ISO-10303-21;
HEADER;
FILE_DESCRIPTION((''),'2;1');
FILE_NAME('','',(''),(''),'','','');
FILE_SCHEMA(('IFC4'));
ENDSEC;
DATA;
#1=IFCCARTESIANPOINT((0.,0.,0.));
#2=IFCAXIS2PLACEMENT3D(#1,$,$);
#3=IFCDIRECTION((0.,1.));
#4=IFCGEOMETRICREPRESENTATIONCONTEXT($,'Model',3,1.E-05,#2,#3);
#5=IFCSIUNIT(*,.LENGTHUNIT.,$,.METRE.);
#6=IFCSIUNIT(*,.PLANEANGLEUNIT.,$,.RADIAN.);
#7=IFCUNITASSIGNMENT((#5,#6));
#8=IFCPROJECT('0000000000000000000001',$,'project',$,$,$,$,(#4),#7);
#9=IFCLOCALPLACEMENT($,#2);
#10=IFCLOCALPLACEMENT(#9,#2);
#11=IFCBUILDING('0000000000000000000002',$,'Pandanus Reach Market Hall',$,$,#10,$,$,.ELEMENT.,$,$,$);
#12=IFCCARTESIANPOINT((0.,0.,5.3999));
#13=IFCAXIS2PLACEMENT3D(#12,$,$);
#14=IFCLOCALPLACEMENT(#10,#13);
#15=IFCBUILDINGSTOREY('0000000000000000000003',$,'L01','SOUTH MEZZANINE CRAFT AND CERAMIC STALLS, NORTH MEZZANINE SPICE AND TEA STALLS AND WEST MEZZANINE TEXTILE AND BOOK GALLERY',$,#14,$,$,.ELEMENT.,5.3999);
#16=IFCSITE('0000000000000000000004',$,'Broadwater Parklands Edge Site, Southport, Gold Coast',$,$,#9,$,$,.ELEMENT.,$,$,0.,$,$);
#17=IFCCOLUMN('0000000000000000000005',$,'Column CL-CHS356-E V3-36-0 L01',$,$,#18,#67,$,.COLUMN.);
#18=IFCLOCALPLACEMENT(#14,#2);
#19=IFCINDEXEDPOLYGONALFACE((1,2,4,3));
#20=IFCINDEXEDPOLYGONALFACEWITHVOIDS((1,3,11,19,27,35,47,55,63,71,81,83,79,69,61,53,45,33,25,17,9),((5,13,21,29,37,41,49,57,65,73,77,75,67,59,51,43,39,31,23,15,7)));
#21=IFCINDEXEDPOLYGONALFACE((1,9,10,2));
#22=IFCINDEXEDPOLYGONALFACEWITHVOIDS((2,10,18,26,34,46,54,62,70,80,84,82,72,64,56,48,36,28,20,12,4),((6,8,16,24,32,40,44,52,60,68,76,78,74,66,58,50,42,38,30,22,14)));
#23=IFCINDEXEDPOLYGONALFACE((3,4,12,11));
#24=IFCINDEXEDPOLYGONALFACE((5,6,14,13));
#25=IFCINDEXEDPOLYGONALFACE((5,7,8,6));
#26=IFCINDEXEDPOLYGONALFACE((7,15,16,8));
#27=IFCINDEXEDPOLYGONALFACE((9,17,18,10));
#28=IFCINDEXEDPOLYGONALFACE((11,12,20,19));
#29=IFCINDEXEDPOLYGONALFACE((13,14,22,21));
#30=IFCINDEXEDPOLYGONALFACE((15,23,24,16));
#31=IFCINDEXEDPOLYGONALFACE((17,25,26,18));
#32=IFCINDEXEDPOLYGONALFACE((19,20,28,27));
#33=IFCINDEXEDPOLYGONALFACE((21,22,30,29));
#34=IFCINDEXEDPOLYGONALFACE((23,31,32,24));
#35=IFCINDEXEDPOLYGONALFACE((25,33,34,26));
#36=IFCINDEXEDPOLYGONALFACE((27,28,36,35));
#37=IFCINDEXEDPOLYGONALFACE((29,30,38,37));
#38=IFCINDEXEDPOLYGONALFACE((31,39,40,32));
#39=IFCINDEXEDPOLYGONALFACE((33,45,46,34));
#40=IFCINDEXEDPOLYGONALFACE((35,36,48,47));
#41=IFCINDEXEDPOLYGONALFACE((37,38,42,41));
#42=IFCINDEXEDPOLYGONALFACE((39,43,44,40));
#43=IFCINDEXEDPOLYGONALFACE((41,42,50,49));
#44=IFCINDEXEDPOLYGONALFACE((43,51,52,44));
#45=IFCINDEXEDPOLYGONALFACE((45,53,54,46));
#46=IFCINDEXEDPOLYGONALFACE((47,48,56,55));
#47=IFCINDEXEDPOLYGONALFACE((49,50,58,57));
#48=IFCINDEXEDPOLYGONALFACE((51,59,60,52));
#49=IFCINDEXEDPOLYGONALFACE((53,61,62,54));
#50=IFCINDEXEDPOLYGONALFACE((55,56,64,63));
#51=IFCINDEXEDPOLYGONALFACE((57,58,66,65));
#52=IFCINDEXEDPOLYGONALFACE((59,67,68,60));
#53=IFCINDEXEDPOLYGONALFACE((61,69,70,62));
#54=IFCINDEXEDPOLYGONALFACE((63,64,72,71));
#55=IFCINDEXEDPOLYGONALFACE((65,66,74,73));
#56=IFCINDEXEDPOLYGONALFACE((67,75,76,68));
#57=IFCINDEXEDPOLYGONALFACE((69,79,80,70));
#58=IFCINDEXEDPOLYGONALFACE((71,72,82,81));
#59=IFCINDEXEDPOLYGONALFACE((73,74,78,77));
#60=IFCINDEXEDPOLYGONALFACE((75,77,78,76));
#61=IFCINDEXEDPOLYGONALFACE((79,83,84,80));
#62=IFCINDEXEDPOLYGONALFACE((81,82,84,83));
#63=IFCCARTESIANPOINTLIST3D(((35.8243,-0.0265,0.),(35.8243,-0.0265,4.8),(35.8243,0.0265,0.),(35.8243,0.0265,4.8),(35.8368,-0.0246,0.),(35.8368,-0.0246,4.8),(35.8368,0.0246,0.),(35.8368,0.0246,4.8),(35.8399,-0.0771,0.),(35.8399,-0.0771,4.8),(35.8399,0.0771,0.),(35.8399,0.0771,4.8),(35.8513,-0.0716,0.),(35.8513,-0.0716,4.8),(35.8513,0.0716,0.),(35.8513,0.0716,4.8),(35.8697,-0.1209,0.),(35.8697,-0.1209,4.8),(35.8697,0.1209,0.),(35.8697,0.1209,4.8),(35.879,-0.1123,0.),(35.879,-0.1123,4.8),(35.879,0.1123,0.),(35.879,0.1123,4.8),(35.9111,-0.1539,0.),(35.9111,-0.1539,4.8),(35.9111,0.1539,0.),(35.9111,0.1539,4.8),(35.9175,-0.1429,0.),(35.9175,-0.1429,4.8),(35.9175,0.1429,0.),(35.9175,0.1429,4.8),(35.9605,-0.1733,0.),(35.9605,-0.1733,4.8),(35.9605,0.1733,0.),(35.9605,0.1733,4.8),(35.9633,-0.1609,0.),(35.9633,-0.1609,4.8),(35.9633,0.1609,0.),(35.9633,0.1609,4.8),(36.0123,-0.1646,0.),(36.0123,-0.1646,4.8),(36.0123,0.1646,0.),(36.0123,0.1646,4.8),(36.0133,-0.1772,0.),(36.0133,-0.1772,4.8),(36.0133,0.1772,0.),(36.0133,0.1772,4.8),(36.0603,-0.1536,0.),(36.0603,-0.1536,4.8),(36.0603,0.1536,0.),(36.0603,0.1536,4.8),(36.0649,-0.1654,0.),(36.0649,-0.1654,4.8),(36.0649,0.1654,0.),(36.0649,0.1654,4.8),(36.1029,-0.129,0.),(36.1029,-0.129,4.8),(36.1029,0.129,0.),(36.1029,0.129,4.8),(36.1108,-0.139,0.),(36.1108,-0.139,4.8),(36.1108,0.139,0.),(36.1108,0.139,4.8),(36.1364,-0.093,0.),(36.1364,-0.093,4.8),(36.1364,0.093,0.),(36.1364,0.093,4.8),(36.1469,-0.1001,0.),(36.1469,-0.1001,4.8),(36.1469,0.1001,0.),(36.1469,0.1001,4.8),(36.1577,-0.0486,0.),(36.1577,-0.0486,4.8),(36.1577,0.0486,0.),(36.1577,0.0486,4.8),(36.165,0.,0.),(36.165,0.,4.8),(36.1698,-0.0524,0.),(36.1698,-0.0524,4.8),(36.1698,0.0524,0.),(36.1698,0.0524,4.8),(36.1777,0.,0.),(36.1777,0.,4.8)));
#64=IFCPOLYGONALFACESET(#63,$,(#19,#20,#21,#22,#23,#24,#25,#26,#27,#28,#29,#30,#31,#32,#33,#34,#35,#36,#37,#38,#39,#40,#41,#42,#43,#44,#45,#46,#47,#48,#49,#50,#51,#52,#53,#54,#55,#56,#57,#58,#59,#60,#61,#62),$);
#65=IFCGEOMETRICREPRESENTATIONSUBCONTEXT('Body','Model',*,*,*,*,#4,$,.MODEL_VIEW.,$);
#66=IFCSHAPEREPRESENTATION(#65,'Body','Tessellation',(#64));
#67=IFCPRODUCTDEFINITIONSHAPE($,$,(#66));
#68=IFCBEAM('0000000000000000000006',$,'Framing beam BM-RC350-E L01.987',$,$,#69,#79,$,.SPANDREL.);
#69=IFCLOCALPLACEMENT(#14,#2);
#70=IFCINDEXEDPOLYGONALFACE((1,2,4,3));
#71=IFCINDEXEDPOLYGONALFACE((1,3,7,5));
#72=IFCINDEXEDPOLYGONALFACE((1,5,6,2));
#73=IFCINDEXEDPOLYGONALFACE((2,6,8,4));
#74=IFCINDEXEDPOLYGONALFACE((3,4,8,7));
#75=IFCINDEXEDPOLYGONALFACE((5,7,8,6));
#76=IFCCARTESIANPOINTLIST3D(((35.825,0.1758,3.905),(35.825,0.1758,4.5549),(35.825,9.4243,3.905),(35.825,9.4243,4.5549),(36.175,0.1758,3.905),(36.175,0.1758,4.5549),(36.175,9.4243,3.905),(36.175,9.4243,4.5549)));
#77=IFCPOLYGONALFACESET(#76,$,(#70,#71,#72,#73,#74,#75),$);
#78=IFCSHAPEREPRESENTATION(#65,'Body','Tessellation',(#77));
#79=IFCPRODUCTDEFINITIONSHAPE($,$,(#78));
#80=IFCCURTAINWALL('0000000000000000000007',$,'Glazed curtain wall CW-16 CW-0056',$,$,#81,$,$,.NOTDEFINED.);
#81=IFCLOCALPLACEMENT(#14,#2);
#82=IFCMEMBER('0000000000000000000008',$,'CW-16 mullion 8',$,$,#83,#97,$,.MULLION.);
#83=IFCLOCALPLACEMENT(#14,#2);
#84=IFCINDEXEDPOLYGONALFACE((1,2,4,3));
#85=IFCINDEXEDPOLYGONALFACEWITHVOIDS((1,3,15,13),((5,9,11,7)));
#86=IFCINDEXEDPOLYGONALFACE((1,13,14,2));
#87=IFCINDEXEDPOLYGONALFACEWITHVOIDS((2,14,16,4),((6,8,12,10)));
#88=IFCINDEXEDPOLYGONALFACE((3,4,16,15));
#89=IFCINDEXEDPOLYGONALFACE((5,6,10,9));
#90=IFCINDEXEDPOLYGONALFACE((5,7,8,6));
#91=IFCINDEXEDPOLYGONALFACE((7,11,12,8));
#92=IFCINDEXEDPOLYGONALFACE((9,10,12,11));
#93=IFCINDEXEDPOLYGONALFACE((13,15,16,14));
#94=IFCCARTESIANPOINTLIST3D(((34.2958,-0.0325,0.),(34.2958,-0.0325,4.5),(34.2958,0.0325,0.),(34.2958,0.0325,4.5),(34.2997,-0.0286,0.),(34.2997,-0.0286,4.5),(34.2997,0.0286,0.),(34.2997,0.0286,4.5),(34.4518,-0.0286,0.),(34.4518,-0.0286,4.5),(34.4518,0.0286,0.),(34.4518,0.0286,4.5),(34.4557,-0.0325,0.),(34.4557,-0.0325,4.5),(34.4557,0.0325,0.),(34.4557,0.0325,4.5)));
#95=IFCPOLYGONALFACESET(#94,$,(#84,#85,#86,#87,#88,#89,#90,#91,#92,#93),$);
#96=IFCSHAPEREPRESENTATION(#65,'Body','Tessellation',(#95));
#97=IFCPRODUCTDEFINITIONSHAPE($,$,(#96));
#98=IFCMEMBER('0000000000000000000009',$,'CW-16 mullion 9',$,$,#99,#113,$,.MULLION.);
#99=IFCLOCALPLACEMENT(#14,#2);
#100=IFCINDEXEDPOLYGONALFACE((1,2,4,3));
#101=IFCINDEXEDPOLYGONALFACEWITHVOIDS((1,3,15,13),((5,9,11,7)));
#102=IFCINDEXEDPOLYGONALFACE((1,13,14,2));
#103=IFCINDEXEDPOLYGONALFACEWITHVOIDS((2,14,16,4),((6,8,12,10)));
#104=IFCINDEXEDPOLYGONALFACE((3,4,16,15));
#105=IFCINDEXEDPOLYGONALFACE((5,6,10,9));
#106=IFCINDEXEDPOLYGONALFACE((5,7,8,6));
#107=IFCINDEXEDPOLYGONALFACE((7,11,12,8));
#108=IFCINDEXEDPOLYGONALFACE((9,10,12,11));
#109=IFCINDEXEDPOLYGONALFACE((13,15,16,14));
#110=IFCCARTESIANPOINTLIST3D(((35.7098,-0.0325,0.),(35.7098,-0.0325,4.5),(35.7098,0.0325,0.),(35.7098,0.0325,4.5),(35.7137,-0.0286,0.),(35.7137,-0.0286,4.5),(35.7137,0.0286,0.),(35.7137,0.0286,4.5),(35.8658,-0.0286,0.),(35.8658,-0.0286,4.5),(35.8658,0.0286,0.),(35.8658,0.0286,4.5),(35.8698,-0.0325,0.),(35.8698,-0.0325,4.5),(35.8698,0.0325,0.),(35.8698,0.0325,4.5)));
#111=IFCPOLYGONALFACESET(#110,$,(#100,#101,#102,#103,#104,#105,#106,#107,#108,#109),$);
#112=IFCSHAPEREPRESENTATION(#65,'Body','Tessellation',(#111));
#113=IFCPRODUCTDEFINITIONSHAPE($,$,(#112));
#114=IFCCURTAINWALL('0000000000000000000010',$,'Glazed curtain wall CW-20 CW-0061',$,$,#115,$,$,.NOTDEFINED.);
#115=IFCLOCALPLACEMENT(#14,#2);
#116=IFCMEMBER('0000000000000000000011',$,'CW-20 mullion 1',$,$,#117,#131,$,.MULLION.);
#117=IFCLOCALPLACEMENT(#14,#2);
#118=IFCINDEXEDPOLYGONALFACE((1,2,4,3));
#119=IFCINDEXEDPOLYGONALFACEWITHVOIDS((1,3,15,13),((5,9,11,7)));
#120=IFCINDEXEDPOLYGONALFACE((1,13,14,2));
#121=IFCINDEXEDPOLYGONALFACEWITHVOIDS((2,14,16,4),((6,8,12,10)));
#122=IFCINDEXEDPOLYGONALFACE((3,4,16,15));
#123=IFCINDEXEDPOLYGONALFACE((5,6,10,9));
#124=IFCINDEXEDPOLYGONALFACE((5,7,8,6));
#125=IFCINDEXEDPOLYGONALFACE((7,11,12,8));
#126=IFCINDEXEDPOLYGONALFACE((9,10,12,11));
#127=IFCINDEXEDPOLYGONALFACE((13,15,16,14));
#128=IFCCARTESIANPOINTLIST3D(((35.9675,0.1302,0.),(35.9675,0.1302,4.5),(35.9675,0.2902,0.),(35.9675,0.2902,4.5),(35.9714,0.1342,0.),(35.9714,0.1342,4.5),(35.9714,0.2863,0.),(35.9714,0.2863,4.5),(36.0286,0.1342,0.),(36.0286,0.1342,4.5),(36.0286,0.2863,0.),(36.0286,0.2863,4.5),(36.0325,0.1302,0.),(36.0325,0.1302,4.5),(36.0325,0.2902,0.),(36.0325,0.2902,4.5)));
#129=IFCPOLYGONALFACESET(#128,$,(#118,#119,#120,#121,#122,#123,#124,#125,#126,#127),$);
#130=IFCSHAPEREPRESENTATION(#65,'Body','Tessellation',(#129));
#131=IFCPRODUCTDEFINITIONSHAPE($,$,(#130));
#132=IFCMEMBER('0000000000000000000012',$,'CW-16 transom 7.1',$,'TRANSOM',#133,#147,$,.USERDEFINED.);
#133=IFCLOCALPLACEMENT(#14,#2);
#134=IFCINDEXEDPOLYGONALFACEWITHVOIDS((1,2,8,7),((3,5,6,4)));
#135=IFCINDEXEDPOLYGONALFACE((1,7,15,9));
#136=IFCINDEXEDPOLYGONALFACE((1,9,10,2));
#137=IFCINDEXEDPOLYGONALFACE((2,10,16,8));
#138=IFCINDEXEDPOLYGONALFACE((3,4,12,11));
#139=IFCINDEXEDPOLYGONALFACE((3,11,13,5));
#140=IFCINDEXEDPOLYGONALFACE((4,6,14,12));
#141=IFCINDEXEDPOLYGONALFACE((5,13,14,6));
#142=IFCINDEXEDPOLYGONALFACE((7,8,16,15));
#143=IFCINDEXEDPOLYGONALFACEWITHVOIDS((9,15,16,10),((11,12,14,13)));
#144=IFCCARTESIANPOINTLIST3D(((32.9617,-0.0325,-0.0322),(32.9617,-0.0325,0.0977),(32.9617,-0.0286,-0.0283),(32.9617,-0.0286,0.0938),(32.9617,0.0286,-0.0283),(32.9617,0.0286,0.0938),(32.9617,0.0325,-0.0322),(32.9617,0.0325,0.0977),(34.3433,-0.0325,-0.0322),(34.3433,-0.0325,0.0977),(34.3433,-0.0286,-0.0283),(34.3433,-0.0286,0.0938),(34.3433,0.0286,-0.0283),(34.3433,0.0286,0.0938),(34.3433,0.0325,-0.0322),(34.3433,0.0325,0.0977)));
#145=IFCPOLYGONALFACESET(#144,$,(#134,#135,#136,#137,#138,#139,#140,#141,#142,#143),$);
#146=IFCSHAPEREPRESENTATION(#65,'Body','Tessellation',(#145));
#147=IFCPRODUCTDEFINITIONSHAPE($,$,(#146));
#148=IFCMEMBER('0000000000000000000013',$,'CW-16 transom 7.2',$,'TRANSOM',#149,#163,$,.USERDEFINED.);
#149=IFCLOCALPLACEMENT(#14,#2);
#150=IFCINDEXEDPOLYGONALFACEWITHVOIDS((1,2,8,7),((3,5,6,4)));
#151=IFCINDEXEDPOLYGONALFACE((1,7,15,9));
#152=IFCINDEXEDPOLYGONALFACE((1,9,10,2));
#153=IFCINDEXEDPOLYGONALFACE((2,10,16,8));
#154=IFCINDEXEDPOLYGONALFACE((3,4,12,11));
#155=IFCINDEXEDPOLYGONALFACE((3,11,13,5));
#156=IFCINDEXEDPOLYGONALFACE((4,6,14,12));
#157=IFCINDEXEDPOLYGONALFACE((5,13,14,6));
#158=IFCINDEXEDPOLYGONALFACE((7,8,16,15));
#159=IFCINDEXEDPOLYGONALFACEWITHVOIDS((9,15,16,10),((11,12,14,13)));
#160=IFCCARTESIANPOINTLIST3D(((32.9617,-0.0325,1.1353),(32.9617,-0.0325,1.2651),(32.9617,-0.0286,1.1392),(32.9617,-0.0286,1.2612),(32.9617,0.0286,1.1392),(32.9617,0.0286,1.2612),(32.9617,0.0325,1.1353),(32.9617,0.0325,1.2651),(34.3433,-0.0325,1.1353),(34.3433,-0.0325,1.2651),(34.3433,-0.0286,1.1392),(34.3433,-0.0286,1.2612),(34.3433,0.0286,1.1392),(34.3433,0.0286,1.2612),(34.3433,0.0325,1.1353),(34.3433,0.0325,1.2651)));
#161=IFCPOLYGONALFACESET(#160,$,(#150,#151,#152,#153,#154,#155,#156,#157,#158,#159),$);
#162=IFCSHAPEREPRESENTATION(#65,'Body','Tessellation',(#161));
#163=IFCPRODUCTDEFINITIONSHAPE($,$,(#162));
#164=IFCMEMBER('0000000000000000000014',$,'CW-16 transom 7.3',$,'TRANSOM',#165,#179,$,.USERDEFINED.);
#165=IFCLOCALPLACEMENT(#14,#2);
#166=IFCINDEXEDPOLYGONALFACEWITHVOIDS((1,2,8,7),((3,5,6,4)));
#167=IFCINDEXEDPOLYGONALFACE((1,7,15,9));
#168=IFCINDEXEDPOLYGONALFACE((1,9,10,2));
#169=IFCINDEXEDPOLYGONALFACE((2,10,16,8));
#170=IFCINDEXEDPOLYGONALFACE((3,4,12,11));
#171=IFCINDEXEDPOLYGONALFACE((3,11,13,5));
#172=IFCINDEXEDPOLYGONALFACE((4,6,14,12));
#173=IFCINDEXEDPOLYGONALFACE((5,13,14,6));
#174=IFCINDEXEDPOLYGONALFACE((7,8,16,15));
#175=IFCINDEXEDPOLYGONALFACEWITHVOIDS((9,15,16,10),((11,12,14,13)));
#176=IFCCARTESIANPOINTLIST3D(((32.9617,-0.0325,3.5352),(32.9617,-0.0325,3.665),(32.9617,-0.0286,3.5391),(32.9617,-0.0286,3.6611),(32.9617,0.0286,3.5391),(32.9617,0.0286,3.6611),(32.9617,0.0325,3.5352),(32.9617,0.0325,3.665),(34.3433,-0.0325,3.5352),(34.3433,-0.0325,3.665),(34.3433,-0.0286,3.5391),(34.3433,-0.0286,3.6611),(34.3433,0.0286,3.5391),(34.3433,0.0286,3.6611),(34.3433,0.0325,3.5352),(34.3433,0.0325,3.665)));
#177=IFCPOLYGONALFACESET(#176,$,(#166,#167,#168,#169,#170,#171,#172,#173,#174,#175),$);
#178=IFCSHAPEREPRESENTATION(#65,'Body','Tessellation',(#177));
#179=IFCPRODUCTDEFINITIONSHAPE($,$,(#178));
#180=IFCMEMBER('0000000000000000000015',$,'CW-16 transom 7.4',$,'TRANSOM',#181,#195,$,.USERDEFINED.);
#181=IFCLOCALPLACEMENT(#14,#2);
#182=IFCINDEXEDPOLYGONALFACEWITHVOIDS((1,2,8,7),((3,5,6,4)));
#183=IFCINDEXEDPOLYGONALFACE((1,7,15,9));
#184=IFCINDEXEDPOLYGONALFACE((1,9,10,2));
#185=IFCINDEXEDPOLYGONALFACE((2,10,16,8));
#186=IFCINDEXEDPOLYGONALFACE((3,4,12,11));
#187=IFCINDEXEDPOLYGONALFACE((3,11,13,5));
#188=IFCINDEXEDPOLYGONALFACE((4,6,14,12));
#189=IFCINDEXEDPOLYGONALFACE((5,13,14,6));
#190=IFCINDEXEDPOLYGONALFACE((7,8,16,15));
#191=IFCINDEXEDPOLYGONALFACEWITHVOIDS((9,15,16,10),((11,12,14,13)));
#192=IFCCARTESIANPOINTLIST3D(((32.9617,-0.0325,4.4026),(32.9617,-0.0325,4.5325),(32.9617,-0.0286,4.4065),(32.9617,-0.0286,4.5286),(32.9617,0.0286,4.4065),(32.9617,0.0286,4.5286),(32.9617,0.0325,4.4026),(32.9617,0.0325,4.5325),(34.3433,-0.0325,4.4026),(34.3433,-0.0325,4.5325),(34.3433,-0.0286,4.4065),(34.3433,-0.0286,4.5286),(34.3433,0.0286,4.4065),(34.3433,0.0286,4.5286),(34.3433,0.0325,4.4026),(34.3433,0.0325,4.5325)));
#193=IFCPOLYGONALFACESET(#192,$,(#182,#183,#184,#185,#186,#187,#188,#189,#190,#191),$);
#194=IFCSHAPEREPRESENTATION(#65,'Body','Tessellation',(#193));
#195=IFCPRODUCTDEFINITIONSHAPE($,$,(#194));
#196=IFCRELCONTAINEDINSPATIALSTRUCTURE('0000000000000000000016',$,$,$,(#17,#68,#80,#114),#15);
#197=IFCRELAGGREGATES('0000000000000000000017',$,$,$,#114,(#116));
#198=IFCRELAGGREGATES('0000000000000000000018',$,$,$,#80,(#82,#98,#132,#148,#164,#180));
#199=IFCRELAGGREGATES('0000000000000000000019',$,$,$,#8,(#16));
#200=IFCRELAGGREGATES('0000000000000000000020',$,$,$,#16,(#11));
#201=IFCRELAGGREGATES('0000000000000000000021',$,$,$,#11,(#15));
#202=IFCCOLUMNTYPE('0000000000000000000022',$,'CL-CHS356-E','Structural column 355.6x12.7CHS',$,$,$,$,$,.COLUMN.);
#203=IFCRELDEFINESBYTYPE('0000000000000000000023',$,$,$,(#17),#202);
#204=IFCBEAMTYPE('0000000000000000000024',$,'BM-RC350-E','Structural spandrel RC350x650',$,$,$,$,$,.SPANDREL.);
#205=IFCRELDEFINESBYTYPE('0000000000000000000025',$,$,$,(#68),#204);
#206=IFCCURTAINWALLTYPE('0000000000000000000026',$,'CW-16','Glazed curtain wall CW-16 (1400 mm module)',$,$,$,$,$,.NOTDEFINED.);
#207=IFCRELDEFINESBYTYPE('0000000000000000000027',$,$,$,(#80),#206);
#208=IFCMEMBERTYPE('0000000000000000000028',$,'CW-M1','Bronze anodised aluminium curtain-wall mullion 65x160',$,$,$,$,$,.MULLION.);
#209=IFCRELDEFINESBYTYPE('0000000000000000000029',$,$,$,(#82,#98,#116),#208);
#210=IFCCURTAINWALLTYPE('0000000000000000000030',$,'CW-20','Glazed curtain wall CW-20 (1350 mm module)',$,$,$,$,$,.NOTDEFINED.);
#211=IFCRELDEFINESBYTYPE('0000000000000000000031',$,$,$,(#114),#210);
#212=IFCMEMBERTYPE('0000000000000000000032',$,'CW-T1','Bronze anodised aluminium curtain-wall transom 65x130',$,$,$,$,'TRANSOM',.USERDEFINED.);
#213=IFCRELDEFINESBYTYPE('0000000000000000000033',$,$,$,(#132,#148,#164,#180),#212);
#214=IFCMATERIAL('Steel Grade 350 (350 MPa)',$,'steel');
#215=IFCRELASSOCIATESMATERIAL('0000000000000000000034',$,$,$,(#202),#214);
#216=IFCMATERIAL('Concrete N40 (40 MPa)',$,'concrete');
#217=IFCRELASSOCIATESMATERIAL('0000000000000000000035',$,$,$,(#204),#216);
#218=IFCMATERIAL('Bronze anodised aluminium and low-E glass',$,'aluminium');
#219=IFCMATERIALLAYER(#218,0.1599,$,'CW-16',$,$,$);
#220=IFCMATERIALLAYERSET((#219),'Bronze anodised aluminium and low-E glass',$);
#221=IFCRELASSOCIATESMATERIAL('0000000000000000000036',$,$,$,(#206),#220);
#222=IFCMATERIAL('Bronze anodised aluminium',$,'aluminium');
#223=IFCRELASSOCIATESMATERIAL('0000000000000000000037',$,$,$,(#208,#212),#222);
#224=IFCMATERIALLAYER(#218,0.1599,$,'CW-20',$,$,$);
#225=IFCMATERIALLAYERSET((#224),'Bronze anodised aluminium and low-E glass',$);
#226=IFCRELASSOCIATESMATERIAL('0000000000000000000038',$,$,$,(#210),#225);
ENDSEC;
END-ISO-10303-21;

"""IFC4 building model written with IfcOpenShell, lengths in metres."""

from ifc_helpers import new_model, si_unit, direction, frame, origin, origin_2d, place, context, subcontext, project, spatial, rectangle, hollow_rectangle, hollow_circle, extrude, material, layer, layer_set, material_profile, profile_set, type_object, element, aggregate, save


model = new_model("IFC4")

# Units and contexts
model_context = context("Model", 3, precision=1e-05, world=origin(), true_north=direction((0.0, 1.0)))
body_context = subcontext(model_context, "Body", "Model", "MODEL_VIEW")
ifc_project = project(units=[si_unit("LENGTHUNIT", "METRE"), si_unit("PLANEANGLEUNIT", "RADIAN")], contexts=[model_context])

# Site, building, storey
site_placement = place(None, origin())
site = spatial("IfcSite", under=ifc_project, at=site_placement, Name="Broadwater Parklands Edge Site, Southport, Gold Coast", CompositionType="ELEMENT", RefElevation=0.0)
building_placement = place(site_placement, origin())
building = spatial("IfcBuilding", under=site, at=building_placement, Name="Pandanus Reach Market Hall", CompositionType="ELEMENT")
storey_placement = place(building_placement, frame((0.0, 0.0, 5.3999)))
storey = spatial("IfcBuildingStorey", under=building, at=storey_placement, Name="L01", Description="SOUTH MEZZANINE CRAFT AND CERAMIC STALLS, NORTH MEZZANINE SPICE AND TEA STALLS AND WEST MEZZANINE TEXTILE AND BOOK GALLERY", CompositionType="ELEMENT", Elevation=5.3999)

# Column
ifc_material_1 = material(Name="Steel Grade 350 (350 MPa)", Category="steel")
ifc_material_profile_1 = material_profile(ifc_material_1, hollow_circle(Radius=0.1777, WallThickness=0.0127, at=origin_2d()), Name="355.6x12.7CHS", Category="LoadBearing")
ifc_profile_set_1 = profile_set([ifc_material_profile_1], Name="Steel Grade 350 (350 MPa)")
column_type = type_object("IfcColumnType", Name="CL-CHS356-E", Description="Structural column 355.6x12.7CHS", PredefinedType="COLUMN", material=ifc_profile_set_1)
column_placement = place(storey_placement, frame((36.0, 0.0, 0.0), z_axis=(0.0, 0.0, 1.0), x_axis=(1.0, 0.0, 0.0)))
element("IfcColumn", 1, at=column_placement, inside=storey, type_object=column_type, Name="Column CL-CHS356-E V3-36-0 L01", PredefinedType="COLUMN", context=body_context, shape_type="SweptSolid", body=[
    extrude(hollow_circle(Radius=0.1777, WallThickness=0.0127, at=origin_2d()), origin(), (0.0, 0.0, 1.0), 4.8),
])

# Beam
ifc_material_2 = material(Name="Concrete N40 (40 MPa)", Category="concrete")
ifc_material_profile_2 = material_profile(ifc_material_2, rectangle(XDim=0.3501, YDim=0.6499, at=origin_2d()), Name="RC350x650", Category="LoadBearing")
ifc_profile_set_2 = profile_set([ifc_material_profile_2], Name="Concrete N40 (40 MPa)")
beam_type_1 = type_object("IfcBeamType", Name="BM-RC350-E", Description="Structural spandrel RC350x650", PredefinedType="SPANDREL", material=ifc_profile_set_2)
beam_1_placement = place(storey_placement, frame((36.0, 0.1758, 4.23), z_axis=(0.0, 1.0, 0.0), x_axis=(-1.0, 0.0, 0.0)))
element("IfcBeam", 2, at=beam_1_placement, inside=storey, type_object=beam_type_1, Name="Framing beam BM-RC350-E L01.987", PredefinedType="SPANDREL", context=body_context, shape_type="SweptSolid", body=[
    extrude(rectangle(XDim=0.3501, YDim=0.6499, at=origin_2d()), origin(), (0.0, 0.0, 1.0), 9.2485),
])

# Curtain wall, members
ifc_material_3 = material(Name="Bronze anodised aluminium and low-E glass", Category="aluminium")
ifc_layer_1 = layer(ifc_material_3, 0.1599, Name="CW-16")
ifc_layer_set_1 = layer_set([ifc_layer_1], Name="Bronze anodised aluminium and low-E glass")
curtain_wall_type_1 = type_object("IfcCurtainWallType", Name="CW-16", Description="Glazed curtain wall CW-16 (1400 mm module)", PredefinedType="NOTDEFINED", material=ifc_layer_set_1)
curtain_wall_1_placement = place(storey_placement, origin())
curtain_wall_1 = element("IfcCurtainWall", 3, at=curtain_wall_1_placement, inside=storey, type_object=curtain_wall_type_1, Name="Glazed curtain wall CW-16 CW-0056", PredefinedType="NOTDEFINED")
ifc_material_4 = material(Name="Bronze anodised aluminium", Category="aluminium")
ifc_material_profile_3 = material_profile(ifc_material_4, hollow_rectangle(XDim=0.0649, YDim=0.1599, WallThickness=0.0039, at=origin_2d()), Name="ALU65x160", Category="LoadBearing")
ifc_profile_set_3 = profile_set([ifc_material_profile_3], Name="Bronze anodised aluminium")
member_type_1 = type_object("IfcMemberType", Name="CW-M1", Description="Bronze anodised aluminium curtain-wall mullion 65x160", PredefinedType="MULLION", material=ifc_profile_set_3)
member_1_placement = place(storey_placement, frame((34.3757, 0.0, 0.0), z_axis=(0.0, 0.0, 1.0), x_axis=(0.0, 1.0, 0.0)))
member_1 = element("IfcMember", 4, at=member_1_placement, type_object=member_type_1, Name="CW-16 mullion 8", PredefinedType="MULLION", context=body_context, shape_type="SweptSolid", body=[
    extrude(hollow_rectangle(XDim=0.0649, YDim=0.1599, WallThickness=0.0039, at=origin_2d()), origin(), (0.0, 0.0, 1.0), 4.5),
])
member_2_placement = place(storey_placement, frame((35.7898, 0.0, 0.0), z_axis=(0.0, 0.0, 1.0), x_axis=(0.0, 1.0, 0.0)))
member_2 = element("IfcMember", 5, at=member_2_placement, type_object=member_type_1, Name="CW-16 mullion 9", PredefinedType="MULLION", context=body_context, shape_type="SweptSolid", body=[
    extrude(hollow_rectangle(XDim=0.0649, YDim=0.1599, WallThickness=0.0039, at=origin_2d()), origin(), (0.0, 0.0, 1.0), 4.5),
])

# Curtain wall, member
ifc_layer_2 = layer(ifc_material_3, 0.1599, Name="CW-20")
ifc_layer_set_2 = layer_set([ifc_layer_2], Name="Bronze anodised aluminium and low-E glass")
curtain_wall_type_2 = type_object("IfcCurtainWallType", Name="CW-20", Description="Glazed curtain wall CW-20 (1350 mm module)", PredefinedType="NOTDEFINED", material=ifc_layer_set_2)
curtain_wall_2_placement = place(storey_placement, origin())
curtain_wall_2 = element("IfcCurtainWall", 6, at=curtain_wall_2_placement, inside=storey, type_object=curtain_wall_type_2, Name="Glazed curtain wall CW-20 CW-0061", PredefinedType="NOTDEFINED")
member_3_placement = place(storey_placement, frame((36.0, 0.2102, 0.0), z_axis=(0.0, 0.0, 1.0), x_axis=(-1.0, 0.0, 0.0)))
member_3 = element("IfcMember", 7, at=member_3_placement, type_object=member_type_1, Name="CW-20 mullion 1", PredefinedType="MULLION", context=body_context, shape_type="SweptSolid", body=[
    extrude(hollow_rectangle(XDim=0.0649, YDim=0.1599, WallThickness=0.0039, at=origin_2d()), origin(), (0.0, 0.0, 1.0), 4.5),
])
aggregate(curtain_wall_2, [member_3])

# Members
ifc_material_profile_4 = material_profile(ifc_material_4, hollow_rectangle(XDim=0.0649, YDim=0.1299, WallThickness=0.0039, at=origin_2d()), Name="ALU65x130", Category="LoadBearing")
ifc_profile_set_4 = profile_set([ifc_material_profile_4], Name="Bronze anodised aluminium")
member_type_2 = type_object("IfcMemberType", Name="CW-T1", Description="Bronze anodised aluminium curtain-wall transom 65x130", ElementType="TRANSOM", PredefinedType="USERDEFINED", material=ifc_profile_set_4)
member_4_placement = place(storey_placement, frame((32.9617, 0.0, 0.0327), z_axis=(1.0, 0.0, 0.0), x_axis=(0.0, 1.0, 0.0)))
member_4 = element("IfcMember", 8, at=member_4_placement, type_object=member_type_2, Name="CW-16 transom 7.1", ObjectType="TRANSOM", PredefinedType="USERDEFINED", context=body_context, shape_type="SweptSolid", body=[
    extrude(hollow_rectangle(XDim=0.0649, YDim=0.1299, WallThickness=0.0039, at=origin_2d()), origin(), (0.0, 0.0, 1.0), 1.3816),
])
member_5_placement = place(storey_placement, frame((32.9617, 0.0, 1.2002), z_axis=(1.0, 0.0, 0.0), x_axis=(0.0, 1.0, 0.0)))
member_5 = element("IfcMember", 9, at=member_5_placement, type_object=member_type_2, Name="CW-16 transom 7.2", ObjectType="TRANSOM", PredefinedType="USERDEFINED", context=body_context, shape_type="SweptSolid", body=[
    extrude(hollow_rectangle(XDim=0.0649, YDim=0.1299, WallThickness=0.0039, at=origin_2d()), origin(), (0.0, 0.0, 1.0), 1.3816),
])
member_6_placement = place(storey_placement, frame((32.9617, 0.0, 3.6001), z_axis=(1.0, 0.0, 0.0), x_axis=(0.0, 1.0, 0.0)))
member_6 = element("IfcMember", 10, at=member_6_placement, type_object=member_type_2, Name="CW-16 transom 7.3", ObjectType="TRANSOM", PredefinedType="USERDEFINED", context=body_context, shape_type="SweptSolid", body=[
    extrude(hollow_rectangle(XDim=0.0649, YDim=0.1299, WallThickness=0.0039, at=origin_2d()), origin(), (0.0, 0.0, 1.0), 1.3816),
])
member_7_placement = place(storey_placement, frame((32.9617, 0.0, 4.4675), z_axis=(1.0, 0.0, 0.0), x_axis=(0.0, 1.0, 0.0)))
member_7 = element("IfcMember", 11, at=member_7_placement, type_object=member_type_2, Name="CW-16 transom 7.4", ObjectType="TRANSOM", PredefinedType="USERDEFINED", context=body_context, shape_type="SweptSolid", body=[
    extrude(hollow_rectangle(XDim=0.0649, YDim=0.1299, WallThickness=0.0039, at=origin_2d()), origin(), (0.0, 0.0, 1.0), 1.3816),
])

aggregate(curtain_wall_1, [member_1, member_2, member_4, member_5, member_6, member_7])

save(model, "model.ifc")
